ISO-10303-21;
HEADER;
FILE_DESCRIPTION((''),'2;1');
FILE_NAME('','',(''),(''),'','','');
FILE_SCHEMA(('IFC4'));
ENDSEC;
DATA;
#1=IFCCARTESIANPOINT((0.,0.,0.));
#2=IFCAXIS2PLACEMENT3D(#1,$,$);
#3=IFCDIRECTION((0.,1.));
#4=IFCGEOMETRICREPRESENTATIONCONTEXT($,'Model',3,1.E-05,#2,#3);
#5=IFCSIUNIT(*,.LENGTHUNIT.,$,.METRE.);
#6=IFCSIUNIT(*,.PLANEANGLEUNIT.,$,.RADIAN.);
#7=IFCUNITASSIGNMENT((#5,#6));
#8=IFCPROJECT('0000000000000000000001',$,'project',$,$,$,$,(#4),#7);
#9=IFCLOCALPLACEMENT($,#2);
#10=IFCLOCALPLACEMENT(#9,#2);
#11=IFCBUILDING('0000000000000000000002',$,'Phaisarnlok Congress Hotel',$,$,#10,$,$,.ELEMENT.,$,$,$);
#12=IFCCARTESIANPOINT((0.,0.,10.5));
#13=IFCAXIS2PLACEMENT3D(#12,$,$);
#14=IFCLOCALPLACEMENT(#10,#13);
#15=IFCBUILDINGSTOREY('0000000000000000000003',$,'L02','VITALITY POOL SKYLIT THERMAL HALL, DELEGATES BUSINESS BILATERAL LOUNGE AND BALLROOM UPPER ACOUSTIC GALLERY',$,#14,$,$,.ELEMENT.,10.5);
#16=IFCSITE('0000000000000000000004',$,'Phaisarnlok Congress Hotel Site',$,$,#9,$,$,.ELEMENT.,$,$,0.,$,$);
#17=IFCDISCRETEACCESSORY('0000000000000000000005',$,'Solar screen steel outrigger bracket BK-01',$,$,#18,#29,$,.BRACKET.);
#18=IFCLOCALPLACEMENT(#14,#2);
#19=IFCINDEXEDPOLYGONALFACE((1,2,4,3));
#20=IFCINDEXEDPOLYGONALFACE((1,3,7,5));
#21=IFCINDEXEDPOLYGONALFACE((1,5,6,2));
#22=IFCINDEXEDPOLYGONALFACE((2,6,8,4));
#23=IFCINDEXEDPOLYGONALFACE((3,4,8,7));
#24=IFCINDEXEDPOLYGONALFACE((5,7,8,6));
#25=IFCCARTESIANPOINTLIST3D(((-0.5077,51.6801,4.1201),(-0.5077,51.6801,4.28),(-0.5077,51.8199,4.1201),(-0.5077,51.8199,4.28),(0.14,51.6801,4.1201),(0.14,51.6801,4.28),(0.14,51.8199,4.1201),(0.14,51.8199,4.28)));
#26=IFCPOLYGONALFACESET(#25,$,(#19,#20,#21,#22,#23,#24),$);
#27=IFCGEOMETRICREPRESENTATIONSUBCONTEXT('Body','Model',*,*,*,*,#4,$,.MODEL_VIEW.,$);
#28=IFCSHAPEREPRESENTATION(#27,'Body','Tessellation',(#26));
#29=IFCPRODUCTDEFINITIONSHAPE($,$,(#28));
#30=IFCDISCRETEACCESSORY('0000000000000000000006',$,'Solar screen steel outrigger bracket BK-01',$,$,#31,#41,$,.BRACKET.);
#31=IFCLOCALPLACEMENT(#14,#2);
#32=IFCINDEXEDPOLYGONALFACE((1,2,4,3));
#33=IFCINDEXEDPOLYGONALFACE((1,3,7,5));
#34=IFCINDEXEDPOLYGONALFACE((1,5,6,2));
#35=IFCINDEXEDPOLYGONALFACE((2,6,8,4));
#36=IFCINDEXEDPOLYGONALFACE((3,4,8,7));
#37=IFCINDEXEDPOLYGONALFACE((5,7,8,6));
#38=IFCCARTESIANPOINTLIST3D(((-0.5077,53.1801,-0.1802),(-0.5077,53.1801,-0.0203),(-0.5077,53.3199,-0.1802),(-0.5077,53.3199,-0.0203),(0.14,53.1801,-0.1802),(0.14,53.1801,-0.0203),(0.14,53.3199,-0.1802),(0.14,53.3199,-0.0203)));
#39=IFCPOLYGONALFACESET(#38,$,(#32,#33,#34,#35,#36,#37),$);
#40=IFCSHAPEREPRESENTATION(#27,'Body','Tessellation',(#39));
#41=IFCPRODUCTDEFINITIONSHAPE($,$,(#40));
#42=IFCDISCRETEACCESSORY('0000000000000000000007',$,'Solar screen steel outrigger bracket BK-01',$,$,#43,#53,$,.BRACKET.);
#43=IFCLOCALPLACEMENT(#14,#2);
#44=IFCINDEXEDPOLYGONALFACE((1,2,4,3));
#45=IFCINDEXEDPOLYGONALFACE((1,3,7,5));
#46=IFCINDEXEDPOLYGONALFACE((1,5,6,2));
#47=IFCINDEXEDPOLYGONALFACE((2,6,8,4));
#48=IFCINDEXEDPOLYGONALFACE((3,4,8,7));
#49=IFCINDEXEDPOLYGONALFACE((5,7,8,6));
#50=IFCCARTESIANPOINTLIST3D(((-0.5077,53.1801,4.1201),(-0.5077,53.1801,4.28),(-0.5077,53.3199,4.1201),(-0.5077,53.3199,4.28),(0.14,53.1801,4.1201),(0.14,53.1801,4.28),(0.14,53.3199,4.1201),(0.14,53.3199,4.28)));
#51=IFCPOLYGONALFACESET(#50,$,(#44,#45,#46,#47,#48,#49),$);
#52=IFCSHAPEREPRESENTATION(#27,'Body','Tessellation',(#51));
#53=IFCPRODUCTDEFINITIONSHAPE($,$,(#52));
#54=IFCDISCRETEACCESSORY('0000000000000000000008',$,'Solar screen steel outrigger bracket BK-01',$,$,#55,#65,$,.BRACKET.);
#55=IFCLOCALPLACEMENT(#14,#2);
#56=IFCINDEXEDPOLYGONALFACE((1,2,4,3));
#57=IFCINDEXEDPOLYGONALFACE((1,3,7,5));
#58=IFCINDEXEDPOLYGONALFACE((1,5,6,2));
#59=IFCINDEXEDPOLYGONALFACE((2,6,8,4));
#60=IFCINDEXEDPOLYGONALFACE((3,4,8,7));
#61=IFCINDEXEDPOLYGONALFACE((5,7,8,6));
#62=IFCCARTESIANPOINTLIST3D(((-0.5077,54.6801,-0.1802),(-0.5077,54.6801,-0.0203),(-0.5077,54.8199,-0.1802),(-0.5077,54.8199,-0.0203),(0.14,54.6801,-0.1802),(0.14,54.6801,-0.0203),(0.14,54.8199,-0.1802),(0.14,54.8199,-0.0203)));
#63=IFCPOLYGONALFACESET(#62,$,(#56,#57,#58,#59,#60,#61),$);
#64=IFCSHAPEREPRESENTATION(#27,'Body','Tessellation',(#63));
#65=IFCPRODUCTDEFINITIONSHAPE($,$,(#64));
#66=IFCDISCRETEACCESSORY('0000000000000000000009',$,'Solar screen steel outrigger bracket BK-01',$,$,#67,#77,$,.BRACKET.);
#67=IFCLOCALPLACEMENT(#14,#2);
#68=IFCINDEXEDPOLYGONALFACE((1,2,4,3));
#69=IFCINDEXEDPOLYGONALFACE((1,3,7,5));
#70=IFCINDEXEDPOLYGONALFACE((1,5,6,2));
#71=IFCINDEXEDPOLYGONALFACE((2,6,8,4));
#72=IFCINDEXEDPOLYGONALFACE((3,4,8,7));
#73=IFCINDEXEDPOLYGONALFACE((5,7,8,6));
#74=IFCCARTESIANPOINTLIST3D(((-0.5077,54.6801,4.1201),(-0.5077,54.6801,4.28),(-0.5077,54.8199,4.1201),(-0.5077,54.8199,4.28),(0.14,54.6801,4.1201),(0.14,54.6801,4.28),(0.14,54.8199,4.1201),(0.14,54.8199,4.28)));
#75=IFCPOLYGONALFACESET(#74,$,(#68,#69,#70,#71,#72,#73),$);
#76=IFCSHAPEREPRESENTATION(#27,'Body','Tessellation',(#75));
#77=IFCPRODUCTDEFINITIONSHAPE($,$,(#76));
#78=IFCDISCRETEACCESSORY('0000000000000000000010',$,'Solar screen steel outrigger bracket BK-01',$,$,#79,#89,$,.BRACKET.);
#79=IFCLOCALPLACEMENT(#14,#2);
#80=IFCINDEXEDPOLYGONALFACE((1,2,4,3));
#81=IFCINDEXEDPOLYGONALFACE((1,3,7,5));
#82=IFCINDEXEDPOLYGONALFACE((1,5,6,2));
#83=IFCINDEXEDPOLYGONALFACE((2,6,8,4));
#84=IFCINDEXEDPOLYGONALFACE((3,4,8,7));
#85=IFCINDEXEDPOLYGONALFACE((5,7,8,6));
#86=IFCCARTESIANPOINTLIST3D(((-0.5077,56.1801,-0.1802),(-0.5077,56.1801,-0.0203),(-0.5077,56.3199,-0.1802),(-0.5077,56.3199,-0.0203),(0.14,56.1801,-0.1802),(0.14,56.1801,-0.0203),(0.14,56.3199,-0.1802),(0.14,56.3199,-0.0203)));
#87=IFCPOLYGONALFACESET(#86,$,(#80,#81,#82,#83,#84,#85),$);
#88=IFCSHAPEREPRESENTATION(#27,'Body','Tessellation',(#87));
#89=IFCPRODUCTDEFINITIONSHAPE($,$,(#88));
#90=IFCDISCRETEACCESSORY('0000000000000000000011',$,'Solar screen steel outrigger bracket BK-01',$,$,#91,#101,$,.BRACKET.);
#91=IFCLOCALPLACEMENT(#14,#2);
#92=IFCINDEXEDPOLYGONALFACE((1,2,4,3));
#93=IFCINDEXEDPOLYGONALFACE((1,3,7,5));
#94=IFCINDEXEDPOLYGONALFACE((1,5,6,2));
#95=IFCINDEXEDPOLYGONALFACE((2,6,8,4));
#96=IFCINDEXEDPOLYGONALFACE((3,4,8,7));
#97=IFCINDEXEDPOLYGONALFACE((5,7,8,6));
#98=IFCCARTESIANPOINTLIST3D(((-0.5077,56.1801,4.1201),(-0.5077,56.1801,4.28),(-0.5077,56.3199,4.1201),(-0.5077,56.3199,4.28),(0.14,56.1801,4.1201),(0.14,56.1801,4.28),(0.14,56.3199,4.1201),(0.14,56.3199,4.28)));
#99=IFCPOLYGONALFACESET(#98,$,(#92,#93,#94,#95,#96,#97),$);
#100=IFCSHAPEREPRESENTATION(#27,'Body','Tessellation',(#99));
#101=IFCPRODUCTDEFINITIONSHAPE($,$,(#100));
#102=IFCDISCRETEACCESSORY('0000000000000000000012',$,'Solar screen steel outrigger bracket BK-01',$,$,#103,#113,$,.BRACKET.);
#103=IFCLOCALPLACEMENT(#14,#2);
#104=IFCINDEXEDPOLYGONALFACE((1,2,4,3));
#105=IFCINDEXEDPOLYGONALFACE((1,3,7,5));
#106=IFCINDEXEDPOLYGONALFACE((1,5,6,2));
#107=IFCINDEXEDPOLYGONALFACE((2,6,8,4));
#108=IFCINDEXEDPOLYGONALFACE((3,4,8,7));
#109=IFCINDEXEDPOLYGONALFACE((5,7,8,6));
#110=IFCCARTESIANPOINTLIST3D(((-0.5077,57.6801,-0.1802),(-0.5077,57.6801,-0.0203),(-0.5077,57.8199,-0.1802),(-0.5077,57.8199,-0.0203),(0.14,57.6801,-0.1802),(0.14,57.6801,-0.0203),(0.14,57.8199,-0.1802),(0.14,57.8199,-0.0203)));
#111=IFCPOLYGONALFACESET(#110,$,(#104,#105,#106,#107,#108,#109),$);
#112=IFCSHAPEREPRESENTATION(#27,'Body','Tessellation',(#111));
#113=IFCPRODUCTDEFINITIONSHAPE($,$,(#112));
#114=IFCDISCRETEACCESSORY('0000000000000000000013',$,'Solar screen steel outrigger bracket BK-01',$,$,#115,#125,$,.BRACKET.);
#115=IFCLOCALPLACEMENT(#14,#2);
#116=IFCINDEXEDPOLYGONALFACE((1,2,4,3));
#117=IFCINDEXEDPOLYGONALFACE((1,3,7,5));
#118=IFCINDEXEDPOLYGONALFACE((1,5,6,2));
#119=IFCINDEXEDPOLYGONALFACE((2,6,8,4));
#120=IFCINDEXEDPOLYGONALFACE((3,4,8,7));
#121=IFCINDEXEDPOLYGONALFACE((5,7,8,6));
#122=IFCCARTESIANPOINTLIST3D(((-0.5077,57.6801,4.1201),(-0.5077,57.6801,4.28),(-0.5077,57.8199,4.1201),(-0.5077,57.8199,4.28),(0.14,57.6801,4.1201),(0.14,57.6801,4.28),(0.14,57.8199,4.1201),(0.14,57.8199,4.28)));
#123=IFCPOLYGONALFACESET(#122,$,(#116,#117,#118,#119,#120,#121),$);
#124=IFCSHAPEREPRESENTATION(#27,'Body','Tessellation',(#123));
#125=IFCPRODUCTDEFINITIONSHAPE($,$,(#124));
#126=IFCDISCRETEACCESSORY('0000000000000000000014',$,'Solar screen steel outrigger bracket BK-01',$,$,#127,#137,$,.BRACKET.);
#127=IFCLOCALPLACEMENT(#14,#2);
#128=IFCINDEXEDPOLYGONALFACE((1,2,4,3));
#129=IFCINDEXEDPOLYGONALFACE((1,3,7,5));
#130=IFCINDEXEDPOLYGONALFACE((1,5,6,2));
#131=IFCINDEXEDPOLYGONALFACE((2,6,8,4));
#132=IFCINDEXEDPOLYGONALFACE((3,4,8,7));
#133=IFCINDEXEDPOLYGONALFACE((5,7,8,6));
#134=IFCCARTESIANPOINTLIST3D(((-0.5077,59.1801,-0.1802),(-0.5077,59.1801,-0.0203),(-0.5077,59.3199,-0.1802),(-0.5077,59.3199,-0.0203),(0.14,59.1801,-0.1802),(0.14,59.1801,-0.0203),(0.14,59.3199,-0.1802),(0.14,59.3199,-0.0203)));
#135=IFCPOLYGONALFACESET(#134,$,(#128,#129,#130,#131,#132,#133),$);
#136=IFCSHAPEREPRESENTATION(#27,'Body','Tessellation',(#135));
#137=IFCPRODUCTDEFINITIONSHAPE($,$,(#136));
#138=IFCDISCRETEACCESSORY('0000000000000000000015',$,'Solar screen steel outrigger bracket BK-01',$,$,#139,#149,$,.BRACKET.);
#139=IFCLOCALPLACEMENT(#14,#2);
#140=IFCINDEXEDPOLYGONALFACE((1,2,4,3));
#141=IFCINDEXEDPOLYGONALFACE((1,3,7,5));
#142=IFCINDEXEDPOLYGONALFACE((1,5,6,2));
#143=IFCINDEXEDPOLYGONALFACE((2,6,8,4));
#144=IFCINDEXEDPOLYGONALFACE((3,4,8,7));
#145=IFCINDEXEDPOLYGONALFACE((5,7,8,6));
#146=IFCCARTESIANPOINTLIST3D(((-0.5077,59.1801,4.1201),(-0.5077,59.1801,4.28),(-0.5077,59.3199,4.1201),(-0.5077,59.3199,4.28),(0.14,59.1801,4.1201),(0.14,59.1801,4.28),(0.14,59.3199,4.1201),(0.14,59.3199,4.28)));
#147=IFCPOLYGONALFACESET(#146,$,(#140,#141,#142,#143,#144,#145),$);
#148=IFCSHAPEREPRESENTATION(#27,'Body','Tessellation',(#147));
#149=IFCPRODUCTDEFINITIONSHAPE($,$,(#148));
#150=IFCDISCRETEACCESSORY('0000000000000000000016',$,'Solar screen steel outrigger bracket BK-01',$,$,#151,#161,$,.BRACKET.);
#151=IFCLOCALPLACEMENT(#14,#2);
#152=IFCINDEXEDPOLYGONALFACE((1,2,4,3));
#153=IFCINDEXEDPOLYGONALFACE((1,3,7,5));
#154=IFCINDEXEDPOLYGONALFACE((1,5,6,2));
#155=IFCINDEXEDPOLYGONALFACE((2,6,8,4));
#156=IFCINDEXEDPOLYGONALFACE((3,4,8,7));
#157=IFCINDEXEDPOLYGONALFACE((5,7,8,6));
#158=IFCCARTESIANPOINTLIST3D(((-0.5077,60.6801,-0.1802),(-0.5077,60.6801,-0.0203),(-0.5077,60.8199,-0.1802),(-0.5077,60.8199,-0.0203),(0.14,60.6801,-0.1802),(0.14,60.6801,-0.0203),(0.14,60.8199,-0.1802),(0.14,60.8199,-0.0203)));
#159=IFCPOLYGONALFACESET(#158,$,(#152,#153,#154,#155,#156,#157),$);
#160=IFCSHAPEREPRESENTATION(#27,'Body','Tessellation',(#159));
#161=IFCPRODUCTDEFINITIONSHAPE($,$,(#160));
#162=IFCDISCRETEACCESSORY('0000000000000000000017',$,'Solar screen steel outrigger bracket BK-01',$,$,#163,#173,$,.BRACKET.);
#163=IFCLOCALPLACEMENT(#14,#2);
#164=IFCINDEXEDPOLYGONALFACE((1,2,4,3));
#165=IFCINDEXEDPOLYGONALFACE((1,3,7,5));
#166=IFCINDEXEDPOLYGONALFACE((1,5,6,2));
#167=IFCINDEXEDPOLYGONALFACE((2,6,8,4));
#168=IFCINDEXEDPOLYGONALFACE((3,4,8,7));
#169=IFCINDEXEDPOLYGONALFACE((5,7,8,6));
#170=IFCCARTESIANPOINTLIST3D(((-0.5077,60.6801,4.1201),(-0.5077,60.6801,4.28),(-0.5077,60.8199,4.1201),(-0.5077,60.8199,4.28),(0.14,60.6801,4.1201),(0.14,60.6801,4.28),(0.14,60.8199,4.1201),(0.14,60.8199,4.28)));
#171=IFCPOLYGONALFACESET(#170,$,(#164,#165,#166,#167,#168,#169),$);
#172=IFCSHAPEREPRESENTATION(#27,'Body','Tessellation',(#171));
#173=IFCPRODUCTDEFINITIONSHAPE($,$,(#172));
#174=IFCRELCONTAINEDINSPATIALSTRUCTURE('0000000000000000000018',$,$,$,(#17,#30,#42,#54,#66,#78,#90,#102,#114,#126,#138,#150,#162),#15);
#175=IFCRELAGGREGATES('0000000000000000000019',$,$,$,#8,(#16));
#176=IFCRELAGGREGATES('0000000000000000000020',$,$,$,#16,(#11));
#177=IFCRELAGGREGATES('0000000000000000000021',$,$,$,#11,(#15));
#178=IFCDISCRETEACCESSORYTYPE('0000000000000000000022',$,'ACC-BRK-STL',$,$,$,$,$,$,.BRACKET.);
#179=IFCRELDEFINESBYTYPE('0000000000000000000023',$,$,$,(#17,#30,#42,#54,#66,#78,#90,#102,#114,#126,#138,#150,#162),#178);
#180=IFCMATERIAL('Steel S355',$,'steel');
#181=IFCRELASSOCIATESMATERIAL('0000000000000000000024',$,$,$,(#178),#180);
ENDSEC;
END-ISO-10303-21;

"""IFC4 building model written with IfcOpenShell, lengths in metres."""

from ifc_helpers import new_model, si_unit, direction, frame, origin, origin_2d, place, context, subcontext, project, spatial, rectangle, extrude, material, type_object, element, save


model = new_model("IFC4")

# Units and contexts
model_context = context("Model", 3, precision=1e-05, world=origin(), true_north=direction((0.0, 1.0)))
body_context = subcontext(model_context, "Body", "Model", "MODEL_VIEW")
ifc_project = project(units=[si_unit("LENGTHUNIT", "METRE"), si_unit("PLANEANGLEUNIT", "RADIAN")], contexts=[model_context])

# Site, building, storey
site_placement = place(None, origin())
site = spatial("IfcSite", under=ifc_project, at=site_placement, Name="Phaisarnlok Congress Hotel Site", CompositionType="ELEMENT", RefElevation=0.0)
building_placement = place(site_placement, origin())
building = spatial("IfcBuilding", under=site, at=building_placement, Name="Phaisarnlok Congress Hotel", CompositionType="ELEMENT")
storey_placement = place(building_placement, frame((0.0, 0.0, 10.5)))
storey = spatial("IfcBuildingStorey", under=building, at=storey_placement, Name="L02", Description="VITALITY POOL SKYLIT THERMAL HALL, DELEGATES BUSINESS BILATERAL LOUNGE AND BALLROOM UPPER ACOUSTIC GALLERY", CompositionType="ELEMENT", Elevation=10.5)

# Discrete accessories
ifc_material_1 = material(Name="Steel S355", Category="steel")
discrete_accessory_type = type_object("IfcDiscreteAccessoryType", Name="ACC-BRK-STL", PredefinedType="BRACKET", material=ifc_material_1)
for number, where, z_axis, x_axis, name in (
    (1, (-0.1838, 51.75, 4.1201), (0.0, 0.0, 1.0), (1.0, 0.0, 0.0), "Solar screen steel outrigger bracket BK-01"),
    (2, (-0.1838, 53.25, -0.1802), (0.0, 0.0, 1.0), (1.0, 0.0, 0.0), "Solar screen steel outrigger bracket BK-01"),
    (3, (-0.1838, 53.25, 4.1201), (0.0, 0.0, 1.0), (1.0, 0.0, 0.0), "Solar screen steel outrigger bracket BK-01"),
    (4, (-0.1838, 54.75, -0.1802), (0.0, 0.0, 1.0), (1.0, 0.0, 0.0), "Solar screen steel outrigger bracket BK-01"),
    (5, (-0.1838, 54.75, 4.1201), (0.0, 0.0, 1.0), (1.0, 0.0, 0.0), "Solar screen steel outrigger bracket BK-01"),
    (6, (-0.1838, 56.25, -0.1802), (0.0, 0.0, 1.0), (1.0, 0.0, 0.0), "Solar screen steel outrigger bracket BK-01"),
    (7, (-0.1838, 56.25, 4.1201), (0.0, 0.0, 1.0), (1.0, 0.0, 0.0), "Solar screen steel outrigger bracket BK-01"),
    (8, (-0.1838, 57.75, -0.1802), (0.0, 0.0, 1.0), (1.0, 0.0, 0.0), "Solar screen steel outrigger bracket BK-01"),
    (9, (-0.1838, 57.75, 4.1201), (0.0, 0.0, 1.0), (1.0, 0.0, 0.0), "Solar screen steel outrigger bracket BK-01"),
    (10, (-0.1838, 59.25, -0.1802), (0.0, 0.0, 1.0), (1.0, 0.0, 0.0), "Solar screen steel outrigger bracket BK-01"),
    (11, (-0.1838, 59.25, 4.1201), (0.0, 0.0, 1.0), (1.0, 0.0, 0.0), "Solar screen steel outrigger bracket BK-01"),
    (12, (-0.1838, 60.75, -0.1802), (0.0, 0.0, 1.0), (1.0, 0.0, 0.0), "Solar screen steel outrigger bracket BK-01"),
    (13, (-0.1838, 60.75, 4.1201), (0.0, 0.0, 1.0), (1.0, 0.0, 0.0), "Solar screen steel outrigger bracket BK-01"),
):
    element("IfcDiscreteAccessory", number, at=place(storey_placement, frame(where, z_axis=z_axis, x_axis=x_axis)), inside=storey, type_object=discrete_accessory_type, Name=name, PredefinedType="BRACKET", context=body_context, shape_type="SweptSolid", body=[
        extrude(rectangle(XDim=0.6477, YDim=0.1399, at=origin_2d()), origin(), (0.0, 0.0, 1.0), 0.1599),
    ])

save(model, "model.ifc")
